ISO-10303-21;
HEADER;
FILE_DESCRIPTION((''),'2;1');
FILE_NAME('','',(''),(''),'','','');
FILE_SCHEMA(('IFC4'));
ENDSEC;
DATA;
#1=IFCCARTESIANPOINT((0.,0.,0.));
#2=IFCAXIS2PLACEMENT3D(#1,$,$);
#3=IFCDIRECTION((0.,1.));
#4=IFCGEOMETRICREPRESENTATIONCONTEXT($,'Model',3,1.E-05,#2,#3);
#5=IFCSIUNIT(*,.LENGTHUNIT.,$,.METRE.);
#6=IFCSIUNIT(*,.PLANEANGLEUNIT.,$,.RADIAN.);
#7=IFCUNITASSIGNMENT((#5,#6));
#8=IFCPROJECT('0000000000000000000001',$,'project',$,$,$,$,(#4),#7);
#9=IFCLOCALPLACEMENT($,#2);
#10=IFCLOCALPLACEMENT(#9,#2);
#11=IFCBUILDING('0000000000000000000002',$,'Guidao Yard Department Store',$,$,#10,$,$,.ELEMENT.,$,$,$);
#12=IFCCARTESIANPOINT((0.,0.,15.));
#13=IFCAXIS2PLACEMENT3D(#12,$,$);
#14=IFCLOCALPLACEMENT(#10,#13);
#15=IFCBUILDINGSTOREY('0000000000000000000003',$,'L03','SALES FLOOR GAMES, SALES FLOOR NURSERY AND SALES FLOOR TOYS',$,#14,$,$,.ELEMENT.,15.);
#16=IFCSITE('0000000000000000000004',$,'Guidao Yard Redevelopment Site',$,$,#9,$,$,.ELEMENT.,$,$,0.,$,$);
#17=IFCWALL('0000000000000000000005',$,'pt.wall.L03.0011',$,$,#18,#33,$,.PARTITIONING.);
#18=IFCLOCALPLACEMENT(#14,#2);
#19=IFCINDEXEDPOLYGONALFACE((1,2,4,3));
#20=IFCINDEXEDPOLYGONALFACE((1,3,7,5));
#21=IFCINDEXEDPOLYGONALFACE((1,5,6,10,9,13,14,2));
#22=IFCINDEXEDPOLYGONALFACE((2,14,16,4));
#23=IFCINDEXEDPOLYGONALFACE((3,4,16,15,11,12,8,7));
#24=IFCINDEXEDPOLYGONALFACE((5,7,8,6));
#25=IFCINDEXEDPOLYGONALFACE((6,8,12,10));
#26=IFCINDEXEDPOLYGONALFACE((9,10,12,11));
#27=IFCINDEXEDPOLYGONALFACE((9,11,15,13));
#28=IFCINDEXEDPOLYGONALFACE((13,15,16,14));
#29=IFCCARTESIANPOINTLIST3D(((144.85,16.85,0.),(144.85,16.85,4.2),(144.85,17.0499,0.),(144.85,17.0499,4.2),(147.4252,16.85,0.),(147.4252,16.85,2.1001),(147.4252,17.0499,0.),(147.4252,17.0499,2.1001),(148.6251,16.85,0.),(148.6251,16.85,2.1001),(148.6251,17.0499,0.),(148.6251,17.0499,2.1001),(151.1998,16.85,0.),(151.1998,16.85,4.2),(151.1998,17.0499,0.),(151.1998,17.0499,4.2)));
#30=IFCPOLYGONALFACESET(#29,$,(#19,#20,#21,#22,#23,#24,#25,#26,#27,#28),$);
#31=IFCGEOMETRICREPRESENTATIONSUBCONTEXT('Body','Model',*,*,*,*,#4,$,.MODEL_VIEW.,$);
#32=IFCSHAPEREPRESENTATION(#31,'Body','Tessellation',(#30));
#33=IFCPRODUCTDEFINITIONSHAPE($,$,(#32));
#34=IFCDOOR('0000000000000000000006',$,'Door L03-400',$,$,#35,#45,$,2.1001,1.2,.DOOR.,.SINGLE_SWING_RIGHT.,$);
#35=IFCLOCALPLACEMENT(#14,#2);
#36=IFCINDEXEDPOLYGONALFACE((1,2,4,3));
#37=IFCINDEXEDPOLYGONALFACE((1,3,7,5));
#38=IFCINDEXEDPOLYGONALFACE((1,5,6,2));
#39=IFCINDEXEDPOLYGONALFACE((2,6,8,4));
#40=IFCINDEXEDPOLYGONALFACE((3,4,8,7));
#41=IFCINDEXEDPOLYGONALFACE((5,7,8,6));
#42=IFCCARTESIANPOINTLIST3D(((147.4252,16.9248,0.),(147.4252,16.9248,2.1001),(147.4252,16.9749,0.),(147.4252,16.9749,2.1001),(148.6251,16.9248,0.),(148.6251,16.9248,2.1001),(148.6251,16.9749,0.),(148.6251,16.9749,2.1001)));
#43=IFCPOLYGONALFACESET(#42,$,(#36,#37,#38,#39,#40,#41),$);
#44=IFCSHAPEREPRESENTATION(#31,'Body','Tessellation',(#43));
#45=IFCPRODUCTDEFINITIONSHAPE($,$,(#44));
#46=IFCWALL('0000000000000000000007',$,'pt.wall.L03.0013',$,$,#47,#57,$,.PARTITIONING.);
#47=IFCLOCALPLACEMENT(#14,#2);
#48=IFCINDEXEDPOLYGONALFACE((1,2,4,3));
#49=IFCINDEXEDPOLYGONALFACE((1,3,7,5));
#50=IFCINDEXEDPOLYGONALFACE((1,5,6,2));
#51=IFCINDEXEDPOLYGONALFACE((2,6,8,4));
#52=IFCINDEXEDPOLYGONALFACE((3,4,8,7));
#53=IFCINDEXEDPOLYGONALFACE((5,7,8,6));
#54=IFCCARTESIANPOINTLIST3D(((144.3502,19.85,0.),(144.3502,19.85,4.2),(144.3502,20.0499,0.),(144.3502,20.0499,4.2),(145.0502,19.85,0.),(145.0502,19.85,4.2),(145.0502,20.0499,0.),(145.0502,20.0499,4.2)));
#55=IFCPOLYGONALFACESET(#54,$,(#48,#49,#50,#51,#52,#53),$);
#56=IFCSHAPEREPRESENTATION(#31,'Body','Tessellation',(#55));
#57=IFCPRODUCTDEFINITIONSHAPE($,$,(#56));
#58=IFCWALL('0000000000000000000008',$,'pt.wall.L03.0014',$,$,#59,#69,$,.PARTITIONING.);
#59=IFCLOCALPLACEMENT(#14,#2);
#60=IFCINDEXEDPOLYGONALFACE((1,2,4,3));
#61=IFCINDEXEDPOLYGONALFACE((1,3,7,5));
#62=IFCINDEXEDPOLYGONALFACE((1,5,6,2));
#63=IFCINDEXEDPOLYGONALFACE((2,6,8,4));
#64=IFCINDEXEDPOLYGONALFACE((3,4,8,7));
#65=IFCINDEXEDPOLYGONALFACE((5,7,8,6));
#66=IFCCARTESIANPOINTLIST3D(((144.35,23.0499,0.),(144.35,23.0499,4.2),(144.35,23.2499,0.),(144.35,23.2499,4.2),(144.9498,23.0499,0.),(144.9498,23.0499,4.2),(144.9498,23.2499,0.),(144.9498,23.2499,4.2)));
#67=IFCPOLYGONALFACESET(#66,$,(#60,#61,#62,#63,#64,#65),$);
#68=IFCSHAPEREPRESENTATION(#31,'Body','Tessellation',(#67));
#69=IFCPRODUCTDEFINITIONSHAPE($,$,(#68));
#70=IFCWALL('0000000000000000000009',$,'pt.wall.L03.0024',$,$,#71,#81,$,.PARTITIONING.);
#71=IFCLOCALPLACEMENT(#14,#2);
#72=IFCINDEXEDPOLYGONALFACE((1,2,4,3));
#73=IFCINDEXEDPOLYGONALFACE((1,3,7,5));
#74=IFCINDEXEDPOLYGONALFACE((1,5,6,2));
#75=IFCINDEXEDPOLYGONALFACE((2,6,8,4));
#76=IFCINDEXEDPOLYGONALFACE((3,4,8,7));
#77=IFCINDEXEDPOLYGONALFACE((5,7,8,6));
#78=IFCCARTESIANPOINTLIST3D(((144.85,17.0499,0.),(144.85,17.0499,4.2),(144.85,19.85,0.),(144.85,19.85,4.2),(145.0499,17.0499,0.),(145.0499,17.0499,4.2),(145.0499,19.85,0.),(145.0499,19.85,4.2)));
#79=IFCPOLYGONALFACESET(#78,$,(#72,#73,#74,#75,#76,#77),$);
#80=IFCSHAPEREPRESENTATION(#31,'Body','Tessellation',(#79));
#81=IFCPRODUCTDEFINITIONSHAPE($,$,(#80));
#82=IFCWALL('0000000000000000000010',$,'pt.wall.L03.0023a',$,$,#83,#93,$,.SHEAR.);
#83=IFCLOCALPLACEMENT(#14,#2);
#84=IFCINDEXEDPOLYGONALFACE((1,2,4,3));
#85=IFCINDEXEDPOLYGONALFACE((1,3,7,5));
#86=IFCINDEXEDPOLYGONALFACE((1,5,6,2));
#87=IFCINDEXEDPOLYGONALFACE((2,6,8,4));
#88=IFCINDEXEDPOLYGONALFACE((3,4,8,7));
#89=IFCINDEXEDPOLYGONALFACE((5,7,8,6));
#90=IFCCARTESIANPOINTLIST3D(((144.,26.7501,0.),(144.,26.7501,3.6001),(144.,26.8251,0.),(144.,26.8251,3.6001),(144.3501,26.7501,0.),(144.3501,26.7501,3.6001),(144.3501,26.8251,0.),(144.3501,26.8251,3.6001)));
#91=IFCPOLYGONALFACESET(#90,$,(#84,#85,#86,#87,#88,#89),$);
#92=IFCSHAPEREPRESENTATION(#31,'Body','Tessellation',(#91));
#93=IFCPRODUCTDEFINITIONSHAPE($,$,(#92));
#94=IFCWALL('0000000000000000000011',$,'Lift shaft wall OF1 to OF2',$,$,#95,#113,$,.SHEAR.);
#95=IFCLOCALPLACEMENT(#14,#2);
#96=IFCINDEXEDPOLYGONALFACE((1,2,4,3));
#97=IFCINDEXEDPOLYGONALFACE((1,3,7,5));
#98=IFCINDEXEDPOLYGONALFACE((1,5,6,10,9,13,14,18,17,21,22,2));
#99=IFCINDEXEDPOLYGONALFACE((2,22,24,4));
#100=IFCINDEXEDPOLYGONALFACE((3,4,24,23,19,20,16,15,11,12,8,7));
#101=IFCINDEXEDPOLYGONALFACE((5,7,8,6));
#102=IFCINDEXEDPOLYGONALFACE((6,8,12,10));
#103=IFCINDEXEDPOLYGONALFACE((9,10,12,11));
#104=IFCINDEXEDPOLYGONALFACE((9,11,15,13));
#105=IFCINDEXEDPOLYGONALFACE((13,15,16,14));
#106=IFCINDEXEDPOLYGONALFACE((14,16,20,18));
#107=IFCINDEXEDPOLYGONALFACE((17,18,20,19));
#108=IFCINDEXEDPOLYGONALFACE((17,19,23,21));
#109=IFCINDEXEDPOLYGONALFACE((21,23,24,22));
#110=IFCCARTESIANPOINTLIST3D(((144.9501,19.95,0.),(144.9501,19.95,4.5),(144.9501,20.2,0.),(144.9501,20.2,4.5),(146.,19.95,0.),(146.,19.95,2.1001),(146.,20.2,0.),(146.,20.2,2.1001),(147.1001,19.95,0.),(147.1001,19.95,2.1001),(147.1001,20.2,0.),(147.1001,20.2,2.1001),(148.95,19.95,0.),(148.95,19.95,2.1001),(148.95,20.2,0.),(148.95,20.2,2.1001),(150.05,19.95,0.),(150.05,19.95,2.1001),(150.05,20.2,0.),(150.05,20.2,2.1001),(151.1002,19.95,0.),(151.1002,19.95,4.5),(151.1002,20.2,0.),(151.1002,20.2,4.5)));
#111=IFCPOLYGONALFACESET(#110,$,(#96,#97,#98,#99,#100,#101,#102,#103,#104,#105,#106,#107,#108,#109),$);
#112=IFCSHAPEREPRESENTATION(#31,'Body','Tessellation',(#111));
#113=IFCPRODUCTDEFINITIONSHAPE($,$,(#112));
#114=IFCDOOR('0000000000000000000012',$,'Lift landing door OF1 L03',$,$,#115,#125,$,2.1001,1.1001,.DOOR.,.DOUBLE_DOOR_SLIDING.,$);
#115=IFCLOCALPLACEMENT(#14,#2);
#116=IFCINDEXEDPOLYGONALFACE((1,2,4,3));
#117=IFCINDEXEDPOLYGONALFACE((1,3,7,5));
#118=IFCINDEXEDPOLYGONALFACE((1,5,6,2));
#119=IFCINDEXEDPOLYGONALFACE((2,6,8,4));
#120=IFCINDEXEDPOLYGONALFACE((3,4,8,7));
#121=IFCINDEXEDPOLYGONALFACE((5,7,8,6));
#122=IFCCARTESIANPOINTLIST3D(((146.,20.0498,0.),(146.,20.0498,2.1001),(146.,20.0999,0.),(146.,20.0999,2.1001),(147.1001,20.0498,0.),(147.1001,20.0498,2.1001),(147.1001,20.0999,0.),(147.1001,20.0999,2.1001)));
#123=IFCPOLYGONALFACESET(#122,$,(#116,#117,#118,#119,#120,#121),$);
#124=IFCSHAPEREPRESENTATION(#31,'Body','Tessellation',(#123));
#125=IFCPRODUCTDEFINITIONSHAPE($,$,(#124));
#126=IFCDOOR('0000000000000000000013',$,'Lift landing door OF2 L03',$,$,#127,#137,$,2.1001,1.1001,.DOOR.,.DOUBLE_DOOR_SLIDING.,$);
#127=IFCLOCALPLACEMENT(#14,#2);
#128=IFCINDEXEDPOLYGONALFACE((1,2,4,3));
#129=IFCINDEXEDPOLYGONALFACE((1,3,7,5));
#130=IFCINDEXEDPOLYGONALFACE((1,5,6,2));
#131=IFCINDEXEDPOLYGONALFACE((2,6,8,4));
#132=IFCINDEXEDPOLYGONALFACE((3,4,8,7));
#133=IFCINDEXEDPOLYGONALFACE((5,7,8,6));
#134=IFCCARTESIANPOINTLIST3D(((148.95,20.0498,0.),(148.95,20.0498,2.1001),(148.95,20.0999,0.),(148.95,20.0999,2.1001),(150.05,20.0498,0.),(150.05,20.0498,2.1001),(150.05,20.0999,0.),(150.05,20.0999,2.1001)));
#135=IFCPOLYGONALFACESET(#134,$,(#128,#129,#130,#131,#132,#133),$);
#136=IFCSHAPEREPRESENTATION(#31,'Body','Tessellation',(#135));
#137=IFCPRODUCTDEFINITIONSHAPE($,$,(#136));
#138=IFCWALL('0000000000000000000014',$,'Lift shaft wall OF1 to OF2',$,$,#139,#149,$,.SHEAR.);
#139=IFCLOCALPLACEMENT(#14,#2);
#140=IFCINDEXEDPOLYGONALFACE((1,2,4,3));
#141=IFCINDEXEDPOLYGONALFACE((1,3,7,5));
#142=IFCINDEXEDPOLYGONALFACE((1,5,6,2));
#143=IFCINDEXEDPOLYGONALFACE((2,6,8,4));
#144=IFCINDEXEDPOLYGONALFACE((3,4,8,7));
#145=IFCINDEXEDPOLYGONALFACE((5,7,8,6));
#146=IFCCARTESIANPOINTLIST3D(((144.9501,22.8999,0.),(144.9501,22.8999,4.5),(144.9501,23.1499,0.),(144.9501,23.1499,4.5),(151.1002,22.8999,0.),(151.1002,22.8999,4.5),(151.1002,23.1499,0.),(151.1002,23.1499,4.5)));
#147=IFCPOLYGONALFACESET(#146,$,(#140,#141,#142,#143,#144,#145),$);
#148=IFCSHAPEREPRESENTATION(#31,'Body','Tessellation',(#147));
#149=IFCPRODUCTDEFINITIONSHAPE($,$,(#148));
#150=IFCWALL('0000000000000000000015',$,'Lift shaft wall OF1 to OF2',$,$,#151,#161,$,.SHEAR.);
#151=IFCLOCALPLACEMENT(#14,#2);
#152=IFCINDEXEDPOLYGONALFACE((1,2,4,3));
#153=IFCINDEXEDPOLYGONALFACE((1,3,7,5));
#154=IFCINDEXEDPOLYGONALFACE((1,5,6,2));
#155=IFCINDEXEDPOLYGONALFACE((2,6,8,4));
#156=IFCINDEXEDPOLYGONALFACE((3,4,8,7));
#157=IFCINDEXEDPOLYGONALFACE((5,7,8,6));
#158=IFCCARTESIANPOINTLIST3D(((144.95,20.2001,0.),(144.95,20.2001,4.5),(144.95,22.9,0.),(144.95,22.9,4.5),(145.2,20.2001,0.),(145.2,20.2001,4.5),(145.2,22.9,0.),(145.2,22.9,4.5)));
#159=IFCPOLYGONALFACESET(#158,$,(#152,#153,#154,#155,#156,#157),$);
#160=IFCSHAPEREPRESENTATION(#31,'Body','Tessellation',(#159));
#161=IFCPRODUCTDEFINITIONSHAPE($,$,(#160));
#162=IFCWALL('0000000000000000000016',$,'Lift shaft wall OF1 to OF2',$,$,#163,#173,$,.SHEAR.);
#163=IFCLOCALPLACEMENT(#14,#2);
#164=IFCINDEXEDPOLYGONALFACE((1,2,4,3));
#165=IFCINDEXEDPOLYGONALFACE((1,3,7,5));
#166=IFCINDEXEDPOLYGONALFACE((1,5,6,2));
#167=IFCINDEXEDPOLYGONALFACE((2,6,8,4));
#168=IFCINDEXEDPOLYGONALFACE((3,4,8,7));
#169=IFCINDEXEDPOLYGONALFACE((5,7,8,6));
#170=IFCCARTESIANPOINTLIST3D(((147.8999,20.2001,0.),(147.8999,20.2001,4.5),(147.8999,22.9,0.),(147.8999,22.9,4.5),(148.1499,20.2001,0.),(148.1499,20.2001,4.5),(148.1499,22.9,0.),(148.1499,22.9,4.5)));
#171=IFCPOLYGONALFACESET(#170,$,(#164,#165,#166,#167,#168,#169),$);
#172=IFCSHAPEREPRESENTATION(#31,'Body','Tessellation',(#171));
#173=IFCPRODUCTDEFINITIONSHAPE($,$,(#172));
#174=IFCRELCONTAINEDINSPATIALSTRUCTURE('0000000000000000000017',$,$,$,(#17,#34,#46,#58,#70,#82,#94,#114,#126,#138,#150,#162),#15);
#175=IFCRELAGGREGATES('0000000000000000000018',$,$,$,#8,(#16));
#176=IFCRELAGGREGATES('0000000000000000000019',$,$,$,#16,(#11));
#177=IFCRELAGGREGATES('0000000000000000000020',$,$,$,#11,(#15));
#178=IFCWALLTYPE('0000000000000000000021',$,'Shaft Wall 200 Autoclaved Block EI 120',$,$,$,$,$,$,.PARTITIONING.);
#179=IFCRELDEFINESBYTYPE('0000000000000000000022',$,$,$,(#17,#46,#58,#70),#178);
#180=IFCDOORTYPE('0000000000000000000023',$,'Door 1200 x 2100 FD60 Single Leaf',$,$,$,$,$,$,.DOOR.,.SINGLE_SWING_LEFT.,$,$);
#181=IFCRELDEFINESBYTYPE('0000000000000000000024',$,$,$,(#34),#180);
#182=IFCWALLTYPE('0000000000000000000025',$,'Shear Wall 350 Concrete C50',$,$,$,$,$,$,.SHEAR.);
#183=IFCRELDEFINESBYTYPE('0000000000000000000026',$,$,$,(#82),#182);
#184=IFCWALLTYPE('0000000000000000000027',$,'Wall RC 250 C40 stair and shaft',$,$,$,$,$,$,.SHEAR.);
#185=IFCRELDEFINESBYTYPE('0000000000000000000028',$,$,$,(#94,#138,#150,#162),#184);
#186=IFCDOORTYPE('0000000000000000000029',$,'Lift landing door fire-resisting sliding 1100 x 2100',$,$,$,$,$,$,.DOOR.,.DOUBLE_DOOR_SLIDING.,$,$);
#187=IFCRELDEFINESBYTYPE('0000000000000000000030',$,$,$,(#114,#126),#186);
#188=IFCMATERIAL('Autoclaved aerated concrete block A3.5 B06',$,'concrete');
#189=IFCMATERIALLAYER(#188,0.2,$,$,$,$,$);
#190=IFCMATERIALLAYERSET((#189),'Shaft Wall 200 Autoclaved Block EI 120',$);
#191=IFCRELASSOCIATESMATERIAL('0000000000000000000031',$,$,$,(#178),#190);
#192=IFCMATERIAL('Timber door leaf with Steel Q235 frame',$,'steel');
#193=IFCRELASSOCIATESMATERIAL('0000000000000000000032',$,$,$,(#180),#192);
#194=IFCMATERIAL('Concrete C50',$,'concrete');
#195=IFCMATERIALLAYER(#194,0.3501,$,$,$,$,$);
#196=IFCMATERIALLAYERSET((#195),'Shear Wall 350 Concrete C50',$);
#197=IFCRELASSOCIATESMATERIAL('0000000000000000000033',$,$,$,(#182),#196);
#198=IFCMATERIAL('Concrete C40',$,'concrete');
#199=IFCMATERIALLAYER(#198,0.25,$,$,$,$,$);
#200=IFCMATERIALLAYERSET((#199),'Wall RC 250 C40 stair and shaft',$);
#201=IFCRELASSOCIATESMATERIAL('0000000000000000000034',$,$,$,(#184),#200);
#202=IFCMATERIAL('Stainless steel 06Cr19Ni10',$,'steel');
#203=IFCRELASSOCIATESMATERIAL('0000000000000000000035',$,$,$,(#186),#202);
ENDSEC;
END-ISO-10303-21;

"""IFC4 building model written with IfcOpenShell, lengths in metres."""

from ifc_helpers import new_model, si_unit, direction, frame, frame_2d, origin, place, context, subcontext, project, spatial, rectangle, extrude, material, layer, layer_set, type_object, element, fill, save


model = new_model("IFC4")

# Units and contexts
model_context = context("Model", 3, precision=1e-05, world=origin(), true_north=direction((0.0, 1.0)))
body_context = subcontext(model_context, "Body", "Model", "MODEL_VIEW")
ifc_project = project(units=[si_unit("LENGTHUNIT", "METRE"), si_unit("PLANEANGLEUNIT", "RADIAN")], contexts=[model_context])

# Site, building, storey
site_placement = place(None, origin())
site = spatial("IfcSite", under=ifc_project, at=site_placement, Name="Guidao Yard Redevelopment Site", CompositionType="ELEMENT", RefElevation=0.0)
building_placement = place(site_placement, origin())
building = spatial("IfcBuilding", under=site, at=building_placement, Name="Guidao Yard Department Store", CompositionType="ELEMENT")
storey_placement = place(building_placement, frame((0.0, 0.0, 15.0)))
storey = spatial("IfcBuildingStorey", under=building, at=storey_placement, Name="L03", Description="SALES FLOOR GAMES, SALES FLOOR NURSERY AND SALES FLOOR TOYS", CompositionType="ELEMENT", Elevation=15.0)

# Wall, opening, door
ifc_material_1 = material(Name="Autoclaved aerated concrete block A3.5 B06", Category="concrete")
ifc_layer_1 = layer(ifc_material_1, 0.2)
ifc_layer_set_1 = layer_set([ifc_layer_1], Name="Shaft Wall 200 Autoclaved Block EI 120")
wall_type_1 = type_object("IfcWallType", Name="Shaft Wall 200 Autoclaved Block EI 120", PredefinedType="PARTITIONING", material=ifc_layer_set_1)
wall_1_placement = place(storey_placement, frame((144.8501, 16.95, 0.0), z_axis=(0.0, 0.0, 1.0), x_axis=(1.0, 0.0, 0.0)))
wall_1 = element("IfcWall", 1, at=wall_1_placement, inside=storey, type_object=wall_type_1, Name="pt.wall.L03.0011", PredefinedType="PARTITIONING", context=body_context, shape_type="SweptSolid", body=[
    extrude(rectangle(XDim=6.3499, YDim=0.2, at=frame_2d((3.1748, 0.0))), origin(), (0.0, 0.0, 1.0), 4.2),
])
opening_1_placement = place(wall_1_placement, frame((2.575, 0.0, 0.0)))
opening_1 = element("IfcOpeningElement", 2, at=opening_1_placement, cuts=wall_1, PredefinedType="OPENING", context=body_context, shape_type="SweptSolid", body=[
    extrude(rectangle(XDim=1.2, YDim=2.1001, at=frame_2d((0.6001, 1.05))), frame((0.0, 0.1099, 0.0), z_axis=(0.0, -1.0, 0.0), x_axis=(1.0, 0.0, 0.0)), (0.0, 0.0, 1.0), 0.22),
])
ifc_material_2 = material(Name="Timber door leaf with Steel Q235 frame", Category="steel")
door_type_1 = type_object("IfcDoorType", Name="Door 1200 x 2100 FD60 Single Leaf", OperationType="SINGLE_SWING_LEFT", PredefinedType="DOOR", material=ifc_material_2)
door_1_placement = place(opening_1_placement, origin())
door_1 = element("IfcDoor", 3, at=door_1_placement, inside=storey, type_object=door_type_1, Name="Door L03-400", OperationType="SINGLE_SWING_RIGHT", OverallHeight=2.1001, OverallWidth=1.2, PredefinedType="DOOR", context=body_context, shape_type="SweptSolid", body=[
    extrude(rectangle(XDim=1.2, YDim=2.1001, at=frame_2d((0.6001, 1.05))), frame((0.0, 0.0249, 0.0), z_axis=(0.0, -1.0, 0.0), x_axis=(1.0, 0.0, 0.0)), (0.0, 0.0, 1.0), 0.05),
])
fill(opening_1, door_1)

# Walls
wall_2_placement = place(storey_placement, frame((144.3501, 19.95, 0.0), z_axis=(0.0, 0.0, 1.0), x_axis=(1.0, 0.0, 0.0)))
element("IfcWall", 4, at=wall_2_placement, inside=storey, type_object=wall_type_1, Name="pt.wall.L03.0013", PredefinedType="PARTITIONING", context=body_context, shape_type="SweptSolid", body=[
    extrude(rectangle(XDim=0.7, YDim=0.2, at=frame_2d((0.3501, 0.0))), origin(), (0.0, 0.0, 1.0), 4.2),
])
wall_3_placement = place(storey_placement, frame((144.3501, 23.1499, 0.0), z_axis=(0.0, 0.0, 1.0), x_axis=(1.0, 0.0, 0.0)))
element("IfcWall", 5, at=wall_3_placement, inside=storey, type_object=wall_type_1, Name="pt.wall.L03.0014", PredefinedType="PARTITIONING", context=body_context, shape_type="SweptSolid", body=[
    extrude(rectangle(XDim=0.5999, YDim=0.2, at=frame_2d((0.2998, 0.0))), origin(), (0.0, 0.0, 1.0), 4.2),
])
wall_4_placement = place(storey_placement, frame((144.95, 17.05, 0.0), z_axis=(0.0, 0.0, 1.0), x_axis=(0.0, 1.0, 0.0)))
element("IfcWall", 6, at=wall_4_placement, inside=storey, type_object=wall_type_1, Name="pt.wall.L03.0024", PredefinedType="PARTITIONING", context=body_context, shape_type="SweptSolid", body=[
    extrude(rectangle(XDim=2.8, YDim=0.2, at=frame_2d((1.3999, 0.0))), origin(), (0.0, 0.0, 1.0), 4.2),
])
ifc_material_3 = material(Name="Concrete C50", Category="concrete")
ifc_layer_2 = layer(ifc_material_3, 0.3501)
ifc_layer_set_2 = layer_set([ifc_layer_2], Name="Shear Wall 350 Concrete C50")
wall_type_2 = type_object("IfcWallType", Name="Shear Wall 350 Concrete C50", PredefinedType="SHEAR", material=ifc_layer_set_2)
wall_5_placement = place(storey_placement, frame((144.175, 26.75, 0.0), z_axis=(0.0, 0.0, 1.0), x_axis=(0.0, 1.0, 0.0)))
element("IfcWall", 7, at=wall_5_placement, inside=storey, type_object=wall_type_2, Name="pt.wall.L03.0023a", PredefinedType="SHEAR", context=body_context, shape_type="SweptSolid", body=[
    extrude(rectangle(XDim=0.075, YDim=0.3501, at=frame_2d((0.0376, 0.0))), origin(), (0.0, 0.0, 1.0), 3.6001),
])

# Wall, openings, doors
ifc_material_4 = material(Name="Concrete C40", Category="concrete")
ifc_layer_3 = layer(ifc_material_4, 0.25)
ifc_layer_set_3 = layer_set([ifc_layer_3], Name="Wall RC 250 C40 stair and shaft")
wall_type_3 = type_object("IfcWallType", Name="Wall RC 250 C40 stair and shaft", PredefinedType="SHEAR", material=ifc_layer_set_3)
wall_6_placement = place(storey_placement, frame((144.95, 20.075, 0.0), z_axis=(0.0, 0.0, 1.0), x_axis=(1.0, 0.0, 0.0)))
wall_6 = element("IfcWall", 8, at=wall_6_placement, inside=storey, type_object=wall_type_3, Name="Lift shaft wall OF1 to OF2", PredefinedType="SHEAR", context=body_context, shape_type="SweptSolid", body=[
    extrude(rectangle(XDim=6.1501, YDim=0.25, at=frame_2d((3.0752, 0.0))), origin(), (0.0, 0.0, 1.0), 4.5),
])
opening_2_placement = place(wall_6_placement, frame((1.05, 0.0, 0.0)))
opening_2 = element("IfcOpeningElement", 9, at=opening_2_placement, cuts=wall_6, PredefinedType="OPENING", context=body_context, shape_type="SweptSolid", body=[
    extrude(rectangle(XDim=1.1001, YDim=2.1001, at=frame_2d((0.55, 1.05))), frame((0.0, 0.135, 0.0), z_axis=(0.0, -1.0, 0.0), x_axis=(1.0, 0.0, 0.0)), (0.0, 0.0, 1.0), 0.27),
])
opening_3_placement = place(wall_6_placement, frame((4.0, 0.0, 0.0)))
opening_3 = element("IfcOpeningElement", 10, at=opening_3_placement, cuts=wall_6, PredefinedType="OPENING", context=body_context, shape_type="SweptSolid", body=[
    extrude(rectangle(XDim=1.1001, YDim=2.1001, at=frame_2d((0.55, 1.05))), frame((0.0, 0.135, 0.0), z_axis=(0.0, -1.0, 0.0), x_axis=(1.0, 0.0, 0.0)), (0.0, 0.0, 1.0), 0.27),
])
ifc_material_5 = material(Name="Stainless steel 06Cr19Ni10", Category="steel")
door_type_2 = type_object("IfcDoorType", Name="Lift landing door fire-resisting sliding 1100 x 2100", OperationType="DOUBLE_DOOR_SLIDING", PredefinedType="DOOR", material=ifc_material_5)
door_2_placement = place(opening_2_placement, origin())
door_2 = element("IfcDoor", 11, at=door_2_placement, inside=storey, type_object=door_type_2, Name="Lift landing door OF1 L03", OperationType="DOUBLE_DOOR_SLIDING", OverallHeight=2.1001, OverallWidth=1.1001, PredefinedType="DOOR", context=body_context, shape_type="SweptSolid", body=[
    extrude(rectangle(XDim=1.1001, YDim=2.1001, at=frame_2d((0.55, 1.05))), frame((0.0, 0.0249, 0.0), z_axis=(0.0, -1.0, 0.0), x_axis=(1.0, 0.0, 0.0)), (0.0, 0.0, 1.0), 0.05),
])
fill(opening_2, door_2)
door_3_placement = place(opening_3_placement, origin())
door_3 = element("IfcDoor", 12, at=door_3_placement, inside=storey, type_object=door_type_2, Name="Lift landing door OF2 L03", OperationType="DOUBLE_DOOR_SLIDING", OverallHeight=2.1001, OverallWidth=1.1001, PredefinedType="DOOR", context=body_context, shape_type="SweptSolid", body=[
    extrude(rectangle(XDim=1.1001, YDim=2.1001, at=frame_2d((0.55, 1.05))), frame((0.0, 0.0249, 0.0), z_axis=(0.0, -1.0, 0.0), x_axis=(1.0, 0.0, 0.0)), (0.0, 0.0, 1.0), 0.05),
])
fill(opening_3, door_3)

# Walls
wall_7_placement = place(storey_placement, frame((144.95, 23.0249, 0.0), z_axis=(0.0, 0.0, 1.0), x_axis=(1.0, 0.0, 0.0)))
element("IfcWall", 13, at=wall_7_placement, inside=storey, type_object=wall_type_3, Name="Lift shaft wall OF1 to OF2", PredefinedType="SHEAR", context=body_context, shape_type="SweptSolid", body=[
    extrude(rectangle(XDim=6.1501, YDim=0.25, at=frame_2d((3.0752, 0.0))), origin(), (0.0, 0.0, 1.0), 4.5),
])
for number, where, z_axis, x_axis, name in (
    (14, (145.075, 20.2, 0.0), (0.0, 0.0, 1.0), (0.0, 1.0, 0.0), "Lift shaft wall OF1 to OF2"),
    (15, (148.0249, 20.2, 0.0), (0.0, 0.0, 1.0), (0.0, 1.0, 0.0), "Lift shaft wall OF1 to OF2"),
):
    element("IfcWall", number, at=place(storey_placement, frame(where, z_axis=z_axis, x_axis=x_axis)), inside=storey, type_object=wall_type_3, Name=name, PredefinedType="SHEAR", context=body_context, shape_type="SweptSolid", body=[
        extrude(rectangle(XDim=2.7, YDim=0.25, at=frame_2d((1.3501, 0.0))), origin(), (0.0, 0.0, 1.0), 4.5),
    ])

save(model, "model.ifc")
